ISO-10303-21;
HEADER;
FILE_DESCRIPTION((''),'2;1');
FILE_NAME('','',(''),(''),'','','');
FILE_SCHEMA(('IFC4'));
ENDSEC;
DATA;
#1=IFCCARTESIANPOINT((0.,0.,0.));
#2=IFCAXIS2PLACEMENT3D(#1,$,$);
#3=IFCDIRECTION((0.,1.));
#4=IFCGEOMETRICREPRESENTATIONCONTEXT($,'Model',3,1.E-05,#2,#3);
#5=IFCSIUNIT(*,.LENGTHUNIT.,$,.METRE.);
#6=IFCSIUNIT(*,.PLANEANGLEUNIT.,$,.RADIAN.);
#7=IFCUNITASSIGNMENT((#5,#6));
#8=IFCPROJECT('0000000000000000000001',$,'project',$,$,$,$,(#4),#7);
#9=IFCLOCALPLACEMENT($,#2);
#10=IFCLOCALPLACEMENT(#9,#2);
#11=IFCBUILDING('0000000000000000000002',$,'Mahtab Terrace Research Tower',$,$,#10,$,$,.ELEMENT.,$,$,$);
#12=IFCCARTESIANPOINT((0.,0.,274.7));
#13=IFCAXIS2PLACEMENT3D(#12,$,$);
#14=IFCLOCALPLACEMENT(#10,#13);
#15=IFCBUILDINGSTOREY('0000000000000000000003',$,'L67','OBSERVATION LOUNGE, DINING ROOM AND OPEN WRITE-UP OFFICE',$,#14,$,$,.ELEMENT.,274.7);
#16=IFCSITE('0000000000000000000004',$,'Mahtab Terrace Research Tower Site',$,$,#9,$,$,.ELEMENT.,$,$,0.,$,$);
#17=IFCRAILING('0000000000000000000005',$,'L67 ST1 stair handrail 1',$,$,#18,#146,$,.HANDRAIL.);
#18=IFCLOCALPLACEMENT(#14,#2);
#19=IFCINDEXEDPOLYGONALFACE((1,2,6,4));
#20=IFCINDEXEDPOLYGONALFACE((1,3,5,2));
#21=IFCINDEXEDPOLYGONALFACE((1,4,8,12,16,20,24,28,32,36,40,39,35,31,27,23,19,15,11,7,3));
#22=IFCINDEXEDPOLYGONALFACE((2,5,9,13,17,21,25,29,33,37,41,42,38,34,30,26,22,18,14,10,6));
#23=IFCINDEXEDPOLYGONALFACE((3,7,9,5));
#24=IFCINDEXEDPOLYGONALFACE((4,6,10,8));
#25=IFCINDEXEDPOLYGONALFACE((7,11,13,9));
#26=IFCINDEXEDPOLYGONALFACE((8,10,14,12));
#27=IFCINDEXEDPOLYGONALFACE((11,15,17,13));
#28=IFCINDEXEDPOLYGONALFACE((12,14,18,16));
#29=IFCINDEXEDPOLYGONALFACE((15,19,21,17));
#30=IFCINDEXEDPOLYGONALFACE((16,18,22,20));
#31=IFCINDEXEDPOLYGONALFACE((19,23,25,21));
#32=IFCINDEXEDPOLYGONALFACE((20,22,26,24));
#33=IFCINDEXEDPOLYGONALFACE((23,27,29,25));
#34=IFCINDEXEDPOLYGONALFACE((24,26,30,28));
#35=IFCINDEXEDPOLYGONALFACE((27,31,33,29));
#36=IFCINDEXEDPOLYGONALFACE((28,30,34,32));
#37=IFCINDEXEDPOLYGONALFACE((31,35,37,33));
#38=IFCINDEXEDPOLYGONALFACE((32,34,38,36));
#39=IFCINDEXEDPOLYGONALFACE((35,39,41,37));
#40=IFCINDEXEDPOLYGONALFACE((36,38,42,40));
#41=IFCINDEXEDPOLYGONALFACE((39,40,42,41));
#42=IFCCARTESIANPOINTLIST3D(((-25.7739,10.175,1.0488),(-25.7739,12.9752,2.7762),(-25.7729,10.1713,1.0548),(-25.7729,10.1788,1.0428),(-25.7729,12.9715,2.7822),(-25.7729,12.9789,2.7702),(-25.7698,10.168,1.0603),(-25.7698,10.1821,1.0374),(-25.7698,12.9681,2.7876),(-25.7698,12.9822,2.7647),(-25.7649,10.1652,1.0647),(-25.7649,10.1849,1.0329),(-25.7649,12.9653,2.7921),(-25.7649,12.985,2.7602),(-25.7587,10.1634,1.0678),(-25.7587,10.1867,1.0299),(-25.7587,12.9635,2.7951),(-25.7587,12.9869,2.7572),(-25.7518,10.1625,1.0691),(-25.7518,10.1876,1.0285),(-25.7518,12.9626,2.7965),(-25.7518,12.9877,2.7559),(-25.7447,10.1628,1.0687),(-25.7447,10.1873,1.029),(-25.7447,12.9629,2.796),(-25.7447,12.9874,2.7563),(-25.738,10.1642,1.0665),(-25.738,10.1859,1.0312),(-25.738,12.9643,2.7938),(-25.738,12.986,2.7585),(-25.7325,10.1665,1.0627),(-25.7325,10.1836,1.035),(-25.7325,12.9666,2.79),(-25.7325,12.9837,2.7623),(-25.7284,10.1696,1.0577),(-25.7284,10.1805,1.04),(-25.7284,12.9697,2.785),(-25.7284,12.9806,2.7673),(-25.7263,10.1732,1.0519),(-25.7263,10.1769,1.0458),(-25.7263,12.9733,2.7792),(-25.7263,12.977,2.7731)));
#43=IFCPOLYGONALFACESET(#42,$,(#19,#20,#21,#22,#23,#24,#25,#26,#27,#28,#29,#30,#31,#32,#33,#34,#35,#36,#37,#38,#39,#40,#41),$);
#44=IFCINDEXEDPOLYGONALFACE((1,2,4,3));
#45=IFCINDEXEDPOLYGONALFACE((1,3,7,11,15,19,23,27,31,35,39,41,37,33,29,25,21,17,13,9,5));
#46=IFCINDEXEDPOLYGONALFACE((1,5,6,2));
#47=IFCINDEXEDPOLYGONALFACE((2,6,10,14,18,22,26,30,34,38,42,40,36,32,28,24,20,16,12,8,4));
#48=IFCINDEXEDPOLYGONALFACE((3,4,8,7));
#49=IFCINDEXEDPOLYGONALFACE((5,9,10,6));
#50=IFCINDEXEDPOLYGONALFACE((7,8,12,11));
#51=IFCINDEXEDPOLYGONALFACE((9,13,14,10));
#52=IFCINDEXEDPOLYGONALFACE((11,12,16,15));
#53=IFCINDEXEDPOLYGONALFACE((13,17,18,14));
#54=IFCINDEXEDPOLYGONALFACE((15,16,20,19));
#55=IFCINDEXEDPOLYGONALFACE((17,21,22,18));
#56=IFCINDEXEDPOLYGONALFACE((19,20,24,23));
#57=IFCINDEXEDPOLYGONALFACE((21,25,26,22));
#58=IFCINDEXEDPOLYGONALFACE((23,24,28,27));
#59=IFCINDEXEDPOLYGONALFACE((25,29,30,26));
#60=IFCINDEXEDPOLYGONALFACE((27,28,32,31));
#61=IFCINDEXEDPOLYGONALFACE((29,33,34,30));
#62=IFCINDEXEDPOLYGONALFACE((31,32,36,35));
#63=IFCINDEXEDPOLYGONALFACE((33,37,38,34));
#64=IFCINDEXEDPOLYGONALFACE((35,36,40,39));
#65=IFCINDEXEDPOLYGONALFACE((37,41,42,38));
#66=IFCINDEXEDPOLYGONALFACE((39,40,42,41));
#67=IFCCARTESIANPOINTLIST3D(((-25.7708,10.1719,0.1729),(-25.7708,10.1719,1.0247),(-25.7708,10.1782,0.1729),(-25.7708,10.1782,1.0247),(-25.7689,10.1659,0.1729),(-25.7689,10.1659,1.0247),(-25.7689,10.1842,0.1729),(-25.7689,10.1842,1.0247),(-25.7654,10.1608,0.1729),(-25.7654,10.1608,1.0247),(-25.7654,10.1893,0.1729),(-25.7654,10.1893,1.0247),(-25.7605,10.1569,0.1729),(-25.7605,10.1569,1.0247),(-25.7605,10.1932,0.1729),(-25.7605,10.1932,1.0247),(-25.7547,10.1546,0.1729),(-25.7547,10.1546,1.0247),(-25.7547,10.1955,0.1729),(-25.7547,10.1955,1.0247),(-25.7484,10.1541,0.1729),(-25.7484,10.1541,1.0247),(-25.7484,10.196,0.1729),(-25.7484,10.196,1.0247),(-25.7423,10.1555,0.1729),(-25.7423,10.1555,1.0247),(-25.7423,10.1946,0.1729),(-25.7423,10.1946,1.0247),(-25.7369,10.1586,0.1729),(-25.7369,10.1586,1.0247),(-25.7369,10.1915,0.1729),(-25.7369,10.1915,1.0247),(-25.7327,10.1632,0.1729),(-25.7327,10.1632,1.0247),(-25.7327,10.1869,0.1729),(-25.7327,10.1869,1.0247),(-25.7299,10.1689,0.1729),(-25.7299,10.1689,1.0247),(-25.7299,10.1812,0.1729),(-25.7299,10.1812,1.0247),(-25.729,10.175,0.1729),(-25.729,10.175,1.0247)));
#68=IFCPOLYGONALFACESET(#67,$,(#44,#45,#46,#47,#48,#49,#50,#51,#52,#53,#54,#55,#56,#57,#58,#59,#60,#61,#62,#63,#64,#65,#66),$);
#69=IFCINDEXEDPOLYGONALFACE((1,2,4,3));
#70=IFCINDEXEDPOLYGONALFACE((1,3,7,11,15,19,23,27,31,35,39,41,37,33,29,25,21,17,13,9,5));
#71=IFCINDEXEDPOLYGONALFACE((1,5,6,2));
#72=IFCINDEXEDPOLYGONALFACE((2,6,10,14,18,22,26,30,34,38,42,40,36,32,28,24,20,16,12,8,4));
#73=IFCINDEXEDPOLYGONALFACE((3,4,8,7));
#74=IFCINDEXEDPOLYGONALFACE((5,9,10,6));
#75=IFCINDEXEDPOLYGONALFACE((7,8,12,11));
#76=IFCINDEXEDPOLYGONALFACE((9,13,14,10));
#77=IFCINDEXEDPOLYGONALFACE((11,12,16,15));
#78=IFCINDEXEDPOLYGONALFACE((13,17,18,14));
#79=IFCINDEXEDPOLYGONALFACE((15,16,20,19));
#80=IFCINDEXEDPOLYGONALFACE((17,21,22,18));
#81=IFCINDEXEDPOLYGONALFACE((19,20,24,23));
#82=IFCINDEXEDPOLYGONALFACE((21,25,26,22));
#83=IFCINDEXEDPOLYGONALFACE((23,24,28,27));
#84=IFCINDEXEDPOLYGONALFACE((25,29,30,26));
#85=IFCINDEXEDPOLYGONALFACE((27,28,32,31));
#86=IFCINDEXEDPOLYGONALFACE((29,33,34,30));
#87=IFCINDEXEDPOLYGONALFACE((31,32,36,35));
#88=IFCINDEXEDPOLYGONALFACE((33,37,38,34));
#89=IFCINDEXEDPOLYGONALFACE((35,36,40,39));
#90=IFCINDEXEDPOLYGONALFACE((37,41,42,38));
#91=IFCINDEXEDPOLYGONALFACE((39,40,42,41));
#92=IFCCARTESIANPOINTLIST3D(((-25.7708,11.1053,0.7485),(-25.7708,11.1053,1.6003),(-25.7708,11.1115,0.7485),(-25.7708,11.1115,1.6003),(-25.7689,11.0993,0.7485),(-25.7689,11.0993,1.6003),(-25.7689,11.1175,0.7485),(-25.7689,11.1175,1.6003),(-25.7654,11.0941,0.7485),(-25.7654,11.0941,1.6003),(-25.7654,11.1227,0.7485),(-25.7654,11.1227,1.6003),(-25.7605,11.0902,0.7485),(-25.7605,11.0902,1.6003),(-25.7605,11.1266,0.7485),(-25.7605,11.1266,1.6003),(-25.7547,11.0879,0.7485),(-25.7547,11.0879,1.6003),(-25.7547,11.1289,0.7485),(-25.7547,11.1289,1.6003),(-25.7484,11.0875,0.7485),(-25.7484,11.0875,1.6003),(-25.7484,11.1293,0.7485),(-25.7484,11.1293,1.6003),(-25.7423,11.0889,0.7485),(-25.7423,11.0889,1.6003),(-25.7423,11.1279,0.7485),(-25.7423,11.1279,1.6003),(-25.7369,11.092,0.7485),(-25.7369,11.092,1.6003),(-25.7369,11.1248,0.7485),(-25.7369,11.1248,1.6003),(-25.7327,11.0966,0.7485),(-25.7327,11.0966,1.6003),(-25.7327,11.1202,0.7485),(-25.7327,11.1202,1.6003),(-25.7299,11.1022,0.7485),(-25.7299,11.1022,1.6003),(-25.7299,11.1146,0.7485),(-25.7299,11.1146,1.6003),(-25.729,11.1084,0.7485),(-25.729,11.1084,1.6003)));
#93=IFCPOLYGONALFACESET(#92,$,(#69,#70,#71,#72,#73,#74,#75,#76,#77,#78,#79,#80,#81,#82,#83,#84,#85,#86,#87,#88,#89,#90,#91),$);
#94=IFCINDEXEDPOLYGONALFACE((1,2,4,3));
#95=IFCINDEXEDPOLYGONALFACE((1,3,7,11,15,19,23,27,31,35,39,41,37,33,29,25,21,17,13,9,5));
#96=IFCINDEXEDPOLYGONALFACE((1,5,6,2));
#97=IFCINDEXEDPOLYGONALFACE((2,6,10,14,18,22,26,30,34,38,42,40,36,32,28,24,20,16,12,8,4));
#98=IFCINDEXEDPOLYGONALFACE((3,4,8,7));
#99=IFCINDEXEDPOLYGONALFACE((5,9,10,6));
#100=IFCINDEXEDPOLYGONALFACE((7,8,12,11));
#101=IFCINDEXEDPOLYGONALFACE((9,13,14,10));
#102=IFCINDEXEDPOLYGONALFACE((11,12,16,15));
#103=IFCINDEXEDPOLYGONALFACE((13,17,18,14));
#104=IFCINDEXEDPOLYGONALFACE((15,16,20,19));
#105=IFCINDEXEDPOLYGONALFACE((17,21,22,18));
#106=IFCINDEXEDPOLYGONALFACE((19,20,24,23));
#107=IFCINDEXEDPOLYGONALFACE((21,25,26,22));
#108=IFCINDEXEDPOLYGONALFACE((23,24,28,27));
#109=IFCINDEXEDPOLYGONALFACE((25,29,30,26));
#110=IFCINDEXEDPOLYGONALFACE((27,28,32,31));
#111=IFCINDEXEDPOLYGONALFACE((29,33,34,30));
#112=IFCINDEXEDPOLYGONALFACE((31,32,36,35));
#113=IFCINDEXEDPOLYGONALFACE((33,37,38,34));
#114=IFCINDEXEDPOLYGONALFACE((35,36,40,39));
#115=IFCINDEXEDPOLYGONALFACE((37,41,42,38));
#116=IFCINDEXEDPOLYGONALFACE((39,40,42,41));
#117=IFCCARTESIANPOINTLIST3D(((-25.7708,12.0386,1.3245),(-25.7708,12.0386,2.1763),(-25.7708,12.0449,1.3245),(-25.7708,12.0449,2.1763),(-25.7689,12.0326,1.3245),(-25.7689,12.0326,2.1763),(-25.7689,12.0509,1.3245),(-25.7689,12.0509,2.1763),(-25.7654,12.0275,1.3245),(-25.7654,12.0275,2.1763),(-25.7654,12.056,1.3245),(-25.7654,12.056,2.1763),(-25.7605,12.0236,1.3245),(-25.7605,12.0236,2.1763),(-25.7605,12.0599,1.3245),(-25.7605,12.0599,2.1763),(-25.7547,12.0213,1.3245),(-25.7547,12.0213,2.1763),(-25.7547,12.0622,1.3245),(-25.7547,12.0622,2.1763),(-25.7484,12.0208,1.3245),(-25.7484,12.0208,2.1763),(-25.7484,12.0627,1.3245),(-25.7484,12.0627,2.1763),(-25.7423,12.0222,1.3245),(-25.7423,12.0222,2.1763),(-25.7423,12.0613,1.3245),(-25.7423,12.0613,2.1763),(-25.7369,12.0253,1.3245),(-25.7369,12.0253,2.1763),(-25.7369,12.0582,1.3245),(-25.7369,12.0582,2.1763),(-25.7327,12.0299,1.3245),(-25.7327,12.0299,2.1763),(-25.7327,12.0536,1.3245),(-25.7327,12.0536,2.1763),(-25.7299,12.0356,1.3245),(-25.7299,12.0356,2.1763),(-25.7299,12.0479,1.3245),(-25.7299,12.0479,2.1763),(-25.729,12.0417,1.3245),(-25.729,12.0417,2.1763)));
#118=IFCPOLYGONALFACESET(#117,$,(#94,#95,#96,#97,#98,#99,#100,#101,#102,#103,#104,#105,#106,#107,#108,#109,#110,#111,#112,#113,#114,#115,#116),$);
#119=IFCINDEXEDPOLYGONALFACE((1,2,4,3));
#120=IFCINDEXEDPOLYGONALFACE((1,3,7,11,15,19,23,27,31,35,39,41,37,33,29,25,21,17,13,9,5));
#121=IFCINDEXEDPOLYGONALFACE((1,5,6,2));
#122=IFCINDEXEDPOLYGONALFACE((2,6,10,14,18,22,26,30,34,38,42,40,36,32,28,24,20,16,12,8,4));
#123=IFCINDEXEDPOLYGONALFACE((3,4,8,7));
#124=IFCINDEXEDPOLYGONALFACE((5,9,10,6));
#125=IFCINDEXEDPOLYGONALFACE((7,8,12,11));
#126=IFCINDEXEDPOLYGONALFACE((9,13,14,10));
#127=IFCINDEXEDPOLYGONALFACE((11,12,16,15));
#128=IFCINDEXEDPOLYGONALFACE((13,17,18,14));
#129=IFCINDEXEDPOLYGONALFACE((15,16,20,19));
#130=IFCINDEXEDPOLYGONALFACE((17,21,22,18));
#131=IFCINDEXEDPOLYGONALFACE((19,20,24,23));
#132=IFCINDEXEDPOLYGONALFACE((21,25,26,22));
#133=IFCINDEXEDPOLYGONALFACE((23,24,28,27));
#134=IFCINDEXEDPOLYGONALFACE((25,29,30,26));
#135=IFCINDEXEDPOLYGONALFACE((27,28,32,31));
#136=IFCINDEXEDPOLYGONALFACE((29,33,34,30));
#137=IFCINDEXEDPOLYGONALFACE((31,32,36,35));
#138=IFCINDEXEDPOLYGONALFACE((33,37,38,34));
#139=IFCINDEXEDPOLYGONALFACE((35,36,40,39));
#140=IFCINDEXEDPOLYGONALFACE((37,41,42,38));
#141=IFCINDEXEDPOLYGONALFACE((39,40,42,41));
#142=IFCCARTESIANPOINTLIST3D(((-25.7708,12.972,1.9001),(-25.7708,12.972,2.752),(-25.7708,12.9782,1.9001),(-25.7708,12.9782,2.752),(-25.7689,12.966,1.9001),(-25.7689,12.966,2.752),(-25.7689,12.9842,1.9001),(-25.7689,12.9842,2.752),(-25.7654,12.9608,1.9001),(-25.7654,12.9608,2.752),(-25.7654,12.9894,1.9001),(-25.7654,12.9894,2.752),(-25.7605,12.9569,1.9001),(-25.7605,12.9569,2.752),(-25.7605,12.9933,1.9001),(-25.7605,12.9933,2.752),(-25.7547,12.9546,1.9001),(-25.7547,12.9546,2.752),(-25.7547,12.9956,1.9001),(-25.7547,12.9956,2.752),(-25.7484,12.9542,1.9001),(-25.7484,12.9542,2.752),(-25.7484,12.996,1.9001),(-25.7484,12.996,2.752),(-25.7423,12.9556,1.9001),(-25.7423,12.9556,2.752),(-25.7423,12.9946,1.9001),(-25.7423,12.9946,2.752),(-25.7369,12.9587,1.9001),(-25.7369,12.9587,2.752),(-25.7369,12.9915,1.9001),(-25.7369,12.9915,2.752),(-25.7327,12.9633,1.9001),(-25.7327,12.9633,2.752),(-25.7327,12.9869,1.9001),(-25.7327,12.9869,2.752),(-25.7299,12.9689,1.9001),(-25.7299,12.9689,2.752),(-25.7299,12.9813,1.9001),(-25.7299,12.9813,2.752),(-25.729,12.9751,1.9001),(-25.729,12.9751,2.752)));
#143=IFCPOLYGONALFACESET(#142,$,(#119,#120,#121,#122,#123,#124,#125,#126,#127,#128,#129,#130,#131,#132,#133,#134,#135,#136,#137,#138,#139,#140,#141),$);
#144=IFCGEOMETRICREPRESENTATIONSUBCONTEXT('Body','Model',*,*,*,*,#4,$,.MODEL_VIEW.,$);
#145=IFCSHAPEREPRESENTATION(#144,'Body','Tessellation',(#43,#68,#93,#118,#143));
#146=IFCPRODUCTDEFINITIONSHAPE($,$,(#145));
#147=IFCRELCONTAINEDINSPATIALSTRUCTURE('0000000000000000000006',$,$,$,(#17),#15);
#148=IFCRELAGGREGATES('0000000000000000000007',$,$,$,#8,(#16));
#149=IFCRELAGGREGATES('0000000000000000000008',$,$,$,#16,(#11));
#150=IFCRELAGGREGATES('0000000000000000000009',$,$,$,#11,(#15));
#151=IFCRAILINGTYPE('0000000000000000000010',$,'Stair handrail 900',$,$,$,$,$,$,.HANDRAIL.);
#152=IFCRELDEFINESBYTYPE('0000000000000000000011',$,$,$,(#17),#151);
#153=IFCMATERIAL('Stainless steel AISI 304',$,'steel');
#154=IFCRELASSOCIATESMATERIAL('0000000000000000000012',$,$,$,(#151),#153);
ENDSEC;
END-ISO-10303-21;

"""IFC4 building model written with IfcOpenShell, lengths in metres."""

from ifc_helpers import new_model, si_unit, direction, frame, origin, origin_2d, place, context, subcontext, project, spatial, circle, extrude, material, type_object, element, save


model = new_model("IFC4")

# Units and contexts
model_context = context("Model", 3, precision=1e-05, world=origin(), true_north=direction((0.0, 1.0)))
body_context = subcontext(model_context, "Body", "Model", "MODEL_VIEW")
ifc_project = project(units=[si_unit("LENGTHUNIT", "METRE"), si_unit("PLANEANGLEUNIT", "RADIAN")], contexts=[model_context])

# Site, building, storey
site_placement = place(None, origin())
site = spatial("IfcSite", under=ifc_project, at=site_placement, Name="Mahtab Terrace Research Tower Site", CompositionType="ELEMENT", RefElevation=0.0)
building_placement = place(site_placement, origin())
building = spatial("IfcBuilding", under=site, at=building_placement, Name="Mahtab Terrace Research Tower", CompositionType="ELEMENT")
storey_placement = place(building_placement, frame((0.0, 0.0, 274.7)))
storey = spatial("IfcBuildingStorey", under=building, at=storey_placement, Name="L67", Description="OBSERVATION LOUNGE, DINING ROOM AND OPEN WRITE-UP OFFICE", CompositionType="ELEMENT", Elevation=274.7)

# Railing
ifc_material_1 = material(Name="Stainless steel AISI 304", Category="steel")
railing_type_1 = type_object("IfcRailingType", Name="Stair handrail 900", PredefinedType="HANDRAIL", material=ifc_material_1)
railing_1_placement = place(storey_placement, frame((-25.75, 10.175, 0.1729)))
element("IfcRailing", 1, at=railing_1_placement, inside=storey, type_object=railing_type_1, Name="L67 ST1 stair handrail 1", PredefinedType="HANDRAIL", context=body_context, shape_type="SweptSolid", body=[
    extrude(circle(Radius=0.0239, at=origin_2d()), frame((0.0, 0.0, 0.876), z_axis=(0.0, 0.85109, 0.52502), x_axis=(-1.0, 0.0, 0.0)), (0.0, 0.0, 1.0), 3.29),
    extrude(circle(Radius=0.021, at=origin_2d()), origin(), (0.0, 0.0, 1.0), 0.8518),
    extrude(circle(Radius=0.021, at=origin_2d()), frame((0.0, 0.9333, 0.5757)), (0.0, 0.0, 1.0), 0.8518),
    extrude(circle(Radius=0.021, at=origin_2d()), frame((0.0, 1.8667, 1.1516)), (0.0, 0.0, 1.0), 0.8518),
    extrude(circle(Radius=0.021, at=origin_2d()), frame((0.0, 2.8, 1.7273)), (0.0, 0.0, 1.0), 0.8518),
])

save(model, "model.ifc")
